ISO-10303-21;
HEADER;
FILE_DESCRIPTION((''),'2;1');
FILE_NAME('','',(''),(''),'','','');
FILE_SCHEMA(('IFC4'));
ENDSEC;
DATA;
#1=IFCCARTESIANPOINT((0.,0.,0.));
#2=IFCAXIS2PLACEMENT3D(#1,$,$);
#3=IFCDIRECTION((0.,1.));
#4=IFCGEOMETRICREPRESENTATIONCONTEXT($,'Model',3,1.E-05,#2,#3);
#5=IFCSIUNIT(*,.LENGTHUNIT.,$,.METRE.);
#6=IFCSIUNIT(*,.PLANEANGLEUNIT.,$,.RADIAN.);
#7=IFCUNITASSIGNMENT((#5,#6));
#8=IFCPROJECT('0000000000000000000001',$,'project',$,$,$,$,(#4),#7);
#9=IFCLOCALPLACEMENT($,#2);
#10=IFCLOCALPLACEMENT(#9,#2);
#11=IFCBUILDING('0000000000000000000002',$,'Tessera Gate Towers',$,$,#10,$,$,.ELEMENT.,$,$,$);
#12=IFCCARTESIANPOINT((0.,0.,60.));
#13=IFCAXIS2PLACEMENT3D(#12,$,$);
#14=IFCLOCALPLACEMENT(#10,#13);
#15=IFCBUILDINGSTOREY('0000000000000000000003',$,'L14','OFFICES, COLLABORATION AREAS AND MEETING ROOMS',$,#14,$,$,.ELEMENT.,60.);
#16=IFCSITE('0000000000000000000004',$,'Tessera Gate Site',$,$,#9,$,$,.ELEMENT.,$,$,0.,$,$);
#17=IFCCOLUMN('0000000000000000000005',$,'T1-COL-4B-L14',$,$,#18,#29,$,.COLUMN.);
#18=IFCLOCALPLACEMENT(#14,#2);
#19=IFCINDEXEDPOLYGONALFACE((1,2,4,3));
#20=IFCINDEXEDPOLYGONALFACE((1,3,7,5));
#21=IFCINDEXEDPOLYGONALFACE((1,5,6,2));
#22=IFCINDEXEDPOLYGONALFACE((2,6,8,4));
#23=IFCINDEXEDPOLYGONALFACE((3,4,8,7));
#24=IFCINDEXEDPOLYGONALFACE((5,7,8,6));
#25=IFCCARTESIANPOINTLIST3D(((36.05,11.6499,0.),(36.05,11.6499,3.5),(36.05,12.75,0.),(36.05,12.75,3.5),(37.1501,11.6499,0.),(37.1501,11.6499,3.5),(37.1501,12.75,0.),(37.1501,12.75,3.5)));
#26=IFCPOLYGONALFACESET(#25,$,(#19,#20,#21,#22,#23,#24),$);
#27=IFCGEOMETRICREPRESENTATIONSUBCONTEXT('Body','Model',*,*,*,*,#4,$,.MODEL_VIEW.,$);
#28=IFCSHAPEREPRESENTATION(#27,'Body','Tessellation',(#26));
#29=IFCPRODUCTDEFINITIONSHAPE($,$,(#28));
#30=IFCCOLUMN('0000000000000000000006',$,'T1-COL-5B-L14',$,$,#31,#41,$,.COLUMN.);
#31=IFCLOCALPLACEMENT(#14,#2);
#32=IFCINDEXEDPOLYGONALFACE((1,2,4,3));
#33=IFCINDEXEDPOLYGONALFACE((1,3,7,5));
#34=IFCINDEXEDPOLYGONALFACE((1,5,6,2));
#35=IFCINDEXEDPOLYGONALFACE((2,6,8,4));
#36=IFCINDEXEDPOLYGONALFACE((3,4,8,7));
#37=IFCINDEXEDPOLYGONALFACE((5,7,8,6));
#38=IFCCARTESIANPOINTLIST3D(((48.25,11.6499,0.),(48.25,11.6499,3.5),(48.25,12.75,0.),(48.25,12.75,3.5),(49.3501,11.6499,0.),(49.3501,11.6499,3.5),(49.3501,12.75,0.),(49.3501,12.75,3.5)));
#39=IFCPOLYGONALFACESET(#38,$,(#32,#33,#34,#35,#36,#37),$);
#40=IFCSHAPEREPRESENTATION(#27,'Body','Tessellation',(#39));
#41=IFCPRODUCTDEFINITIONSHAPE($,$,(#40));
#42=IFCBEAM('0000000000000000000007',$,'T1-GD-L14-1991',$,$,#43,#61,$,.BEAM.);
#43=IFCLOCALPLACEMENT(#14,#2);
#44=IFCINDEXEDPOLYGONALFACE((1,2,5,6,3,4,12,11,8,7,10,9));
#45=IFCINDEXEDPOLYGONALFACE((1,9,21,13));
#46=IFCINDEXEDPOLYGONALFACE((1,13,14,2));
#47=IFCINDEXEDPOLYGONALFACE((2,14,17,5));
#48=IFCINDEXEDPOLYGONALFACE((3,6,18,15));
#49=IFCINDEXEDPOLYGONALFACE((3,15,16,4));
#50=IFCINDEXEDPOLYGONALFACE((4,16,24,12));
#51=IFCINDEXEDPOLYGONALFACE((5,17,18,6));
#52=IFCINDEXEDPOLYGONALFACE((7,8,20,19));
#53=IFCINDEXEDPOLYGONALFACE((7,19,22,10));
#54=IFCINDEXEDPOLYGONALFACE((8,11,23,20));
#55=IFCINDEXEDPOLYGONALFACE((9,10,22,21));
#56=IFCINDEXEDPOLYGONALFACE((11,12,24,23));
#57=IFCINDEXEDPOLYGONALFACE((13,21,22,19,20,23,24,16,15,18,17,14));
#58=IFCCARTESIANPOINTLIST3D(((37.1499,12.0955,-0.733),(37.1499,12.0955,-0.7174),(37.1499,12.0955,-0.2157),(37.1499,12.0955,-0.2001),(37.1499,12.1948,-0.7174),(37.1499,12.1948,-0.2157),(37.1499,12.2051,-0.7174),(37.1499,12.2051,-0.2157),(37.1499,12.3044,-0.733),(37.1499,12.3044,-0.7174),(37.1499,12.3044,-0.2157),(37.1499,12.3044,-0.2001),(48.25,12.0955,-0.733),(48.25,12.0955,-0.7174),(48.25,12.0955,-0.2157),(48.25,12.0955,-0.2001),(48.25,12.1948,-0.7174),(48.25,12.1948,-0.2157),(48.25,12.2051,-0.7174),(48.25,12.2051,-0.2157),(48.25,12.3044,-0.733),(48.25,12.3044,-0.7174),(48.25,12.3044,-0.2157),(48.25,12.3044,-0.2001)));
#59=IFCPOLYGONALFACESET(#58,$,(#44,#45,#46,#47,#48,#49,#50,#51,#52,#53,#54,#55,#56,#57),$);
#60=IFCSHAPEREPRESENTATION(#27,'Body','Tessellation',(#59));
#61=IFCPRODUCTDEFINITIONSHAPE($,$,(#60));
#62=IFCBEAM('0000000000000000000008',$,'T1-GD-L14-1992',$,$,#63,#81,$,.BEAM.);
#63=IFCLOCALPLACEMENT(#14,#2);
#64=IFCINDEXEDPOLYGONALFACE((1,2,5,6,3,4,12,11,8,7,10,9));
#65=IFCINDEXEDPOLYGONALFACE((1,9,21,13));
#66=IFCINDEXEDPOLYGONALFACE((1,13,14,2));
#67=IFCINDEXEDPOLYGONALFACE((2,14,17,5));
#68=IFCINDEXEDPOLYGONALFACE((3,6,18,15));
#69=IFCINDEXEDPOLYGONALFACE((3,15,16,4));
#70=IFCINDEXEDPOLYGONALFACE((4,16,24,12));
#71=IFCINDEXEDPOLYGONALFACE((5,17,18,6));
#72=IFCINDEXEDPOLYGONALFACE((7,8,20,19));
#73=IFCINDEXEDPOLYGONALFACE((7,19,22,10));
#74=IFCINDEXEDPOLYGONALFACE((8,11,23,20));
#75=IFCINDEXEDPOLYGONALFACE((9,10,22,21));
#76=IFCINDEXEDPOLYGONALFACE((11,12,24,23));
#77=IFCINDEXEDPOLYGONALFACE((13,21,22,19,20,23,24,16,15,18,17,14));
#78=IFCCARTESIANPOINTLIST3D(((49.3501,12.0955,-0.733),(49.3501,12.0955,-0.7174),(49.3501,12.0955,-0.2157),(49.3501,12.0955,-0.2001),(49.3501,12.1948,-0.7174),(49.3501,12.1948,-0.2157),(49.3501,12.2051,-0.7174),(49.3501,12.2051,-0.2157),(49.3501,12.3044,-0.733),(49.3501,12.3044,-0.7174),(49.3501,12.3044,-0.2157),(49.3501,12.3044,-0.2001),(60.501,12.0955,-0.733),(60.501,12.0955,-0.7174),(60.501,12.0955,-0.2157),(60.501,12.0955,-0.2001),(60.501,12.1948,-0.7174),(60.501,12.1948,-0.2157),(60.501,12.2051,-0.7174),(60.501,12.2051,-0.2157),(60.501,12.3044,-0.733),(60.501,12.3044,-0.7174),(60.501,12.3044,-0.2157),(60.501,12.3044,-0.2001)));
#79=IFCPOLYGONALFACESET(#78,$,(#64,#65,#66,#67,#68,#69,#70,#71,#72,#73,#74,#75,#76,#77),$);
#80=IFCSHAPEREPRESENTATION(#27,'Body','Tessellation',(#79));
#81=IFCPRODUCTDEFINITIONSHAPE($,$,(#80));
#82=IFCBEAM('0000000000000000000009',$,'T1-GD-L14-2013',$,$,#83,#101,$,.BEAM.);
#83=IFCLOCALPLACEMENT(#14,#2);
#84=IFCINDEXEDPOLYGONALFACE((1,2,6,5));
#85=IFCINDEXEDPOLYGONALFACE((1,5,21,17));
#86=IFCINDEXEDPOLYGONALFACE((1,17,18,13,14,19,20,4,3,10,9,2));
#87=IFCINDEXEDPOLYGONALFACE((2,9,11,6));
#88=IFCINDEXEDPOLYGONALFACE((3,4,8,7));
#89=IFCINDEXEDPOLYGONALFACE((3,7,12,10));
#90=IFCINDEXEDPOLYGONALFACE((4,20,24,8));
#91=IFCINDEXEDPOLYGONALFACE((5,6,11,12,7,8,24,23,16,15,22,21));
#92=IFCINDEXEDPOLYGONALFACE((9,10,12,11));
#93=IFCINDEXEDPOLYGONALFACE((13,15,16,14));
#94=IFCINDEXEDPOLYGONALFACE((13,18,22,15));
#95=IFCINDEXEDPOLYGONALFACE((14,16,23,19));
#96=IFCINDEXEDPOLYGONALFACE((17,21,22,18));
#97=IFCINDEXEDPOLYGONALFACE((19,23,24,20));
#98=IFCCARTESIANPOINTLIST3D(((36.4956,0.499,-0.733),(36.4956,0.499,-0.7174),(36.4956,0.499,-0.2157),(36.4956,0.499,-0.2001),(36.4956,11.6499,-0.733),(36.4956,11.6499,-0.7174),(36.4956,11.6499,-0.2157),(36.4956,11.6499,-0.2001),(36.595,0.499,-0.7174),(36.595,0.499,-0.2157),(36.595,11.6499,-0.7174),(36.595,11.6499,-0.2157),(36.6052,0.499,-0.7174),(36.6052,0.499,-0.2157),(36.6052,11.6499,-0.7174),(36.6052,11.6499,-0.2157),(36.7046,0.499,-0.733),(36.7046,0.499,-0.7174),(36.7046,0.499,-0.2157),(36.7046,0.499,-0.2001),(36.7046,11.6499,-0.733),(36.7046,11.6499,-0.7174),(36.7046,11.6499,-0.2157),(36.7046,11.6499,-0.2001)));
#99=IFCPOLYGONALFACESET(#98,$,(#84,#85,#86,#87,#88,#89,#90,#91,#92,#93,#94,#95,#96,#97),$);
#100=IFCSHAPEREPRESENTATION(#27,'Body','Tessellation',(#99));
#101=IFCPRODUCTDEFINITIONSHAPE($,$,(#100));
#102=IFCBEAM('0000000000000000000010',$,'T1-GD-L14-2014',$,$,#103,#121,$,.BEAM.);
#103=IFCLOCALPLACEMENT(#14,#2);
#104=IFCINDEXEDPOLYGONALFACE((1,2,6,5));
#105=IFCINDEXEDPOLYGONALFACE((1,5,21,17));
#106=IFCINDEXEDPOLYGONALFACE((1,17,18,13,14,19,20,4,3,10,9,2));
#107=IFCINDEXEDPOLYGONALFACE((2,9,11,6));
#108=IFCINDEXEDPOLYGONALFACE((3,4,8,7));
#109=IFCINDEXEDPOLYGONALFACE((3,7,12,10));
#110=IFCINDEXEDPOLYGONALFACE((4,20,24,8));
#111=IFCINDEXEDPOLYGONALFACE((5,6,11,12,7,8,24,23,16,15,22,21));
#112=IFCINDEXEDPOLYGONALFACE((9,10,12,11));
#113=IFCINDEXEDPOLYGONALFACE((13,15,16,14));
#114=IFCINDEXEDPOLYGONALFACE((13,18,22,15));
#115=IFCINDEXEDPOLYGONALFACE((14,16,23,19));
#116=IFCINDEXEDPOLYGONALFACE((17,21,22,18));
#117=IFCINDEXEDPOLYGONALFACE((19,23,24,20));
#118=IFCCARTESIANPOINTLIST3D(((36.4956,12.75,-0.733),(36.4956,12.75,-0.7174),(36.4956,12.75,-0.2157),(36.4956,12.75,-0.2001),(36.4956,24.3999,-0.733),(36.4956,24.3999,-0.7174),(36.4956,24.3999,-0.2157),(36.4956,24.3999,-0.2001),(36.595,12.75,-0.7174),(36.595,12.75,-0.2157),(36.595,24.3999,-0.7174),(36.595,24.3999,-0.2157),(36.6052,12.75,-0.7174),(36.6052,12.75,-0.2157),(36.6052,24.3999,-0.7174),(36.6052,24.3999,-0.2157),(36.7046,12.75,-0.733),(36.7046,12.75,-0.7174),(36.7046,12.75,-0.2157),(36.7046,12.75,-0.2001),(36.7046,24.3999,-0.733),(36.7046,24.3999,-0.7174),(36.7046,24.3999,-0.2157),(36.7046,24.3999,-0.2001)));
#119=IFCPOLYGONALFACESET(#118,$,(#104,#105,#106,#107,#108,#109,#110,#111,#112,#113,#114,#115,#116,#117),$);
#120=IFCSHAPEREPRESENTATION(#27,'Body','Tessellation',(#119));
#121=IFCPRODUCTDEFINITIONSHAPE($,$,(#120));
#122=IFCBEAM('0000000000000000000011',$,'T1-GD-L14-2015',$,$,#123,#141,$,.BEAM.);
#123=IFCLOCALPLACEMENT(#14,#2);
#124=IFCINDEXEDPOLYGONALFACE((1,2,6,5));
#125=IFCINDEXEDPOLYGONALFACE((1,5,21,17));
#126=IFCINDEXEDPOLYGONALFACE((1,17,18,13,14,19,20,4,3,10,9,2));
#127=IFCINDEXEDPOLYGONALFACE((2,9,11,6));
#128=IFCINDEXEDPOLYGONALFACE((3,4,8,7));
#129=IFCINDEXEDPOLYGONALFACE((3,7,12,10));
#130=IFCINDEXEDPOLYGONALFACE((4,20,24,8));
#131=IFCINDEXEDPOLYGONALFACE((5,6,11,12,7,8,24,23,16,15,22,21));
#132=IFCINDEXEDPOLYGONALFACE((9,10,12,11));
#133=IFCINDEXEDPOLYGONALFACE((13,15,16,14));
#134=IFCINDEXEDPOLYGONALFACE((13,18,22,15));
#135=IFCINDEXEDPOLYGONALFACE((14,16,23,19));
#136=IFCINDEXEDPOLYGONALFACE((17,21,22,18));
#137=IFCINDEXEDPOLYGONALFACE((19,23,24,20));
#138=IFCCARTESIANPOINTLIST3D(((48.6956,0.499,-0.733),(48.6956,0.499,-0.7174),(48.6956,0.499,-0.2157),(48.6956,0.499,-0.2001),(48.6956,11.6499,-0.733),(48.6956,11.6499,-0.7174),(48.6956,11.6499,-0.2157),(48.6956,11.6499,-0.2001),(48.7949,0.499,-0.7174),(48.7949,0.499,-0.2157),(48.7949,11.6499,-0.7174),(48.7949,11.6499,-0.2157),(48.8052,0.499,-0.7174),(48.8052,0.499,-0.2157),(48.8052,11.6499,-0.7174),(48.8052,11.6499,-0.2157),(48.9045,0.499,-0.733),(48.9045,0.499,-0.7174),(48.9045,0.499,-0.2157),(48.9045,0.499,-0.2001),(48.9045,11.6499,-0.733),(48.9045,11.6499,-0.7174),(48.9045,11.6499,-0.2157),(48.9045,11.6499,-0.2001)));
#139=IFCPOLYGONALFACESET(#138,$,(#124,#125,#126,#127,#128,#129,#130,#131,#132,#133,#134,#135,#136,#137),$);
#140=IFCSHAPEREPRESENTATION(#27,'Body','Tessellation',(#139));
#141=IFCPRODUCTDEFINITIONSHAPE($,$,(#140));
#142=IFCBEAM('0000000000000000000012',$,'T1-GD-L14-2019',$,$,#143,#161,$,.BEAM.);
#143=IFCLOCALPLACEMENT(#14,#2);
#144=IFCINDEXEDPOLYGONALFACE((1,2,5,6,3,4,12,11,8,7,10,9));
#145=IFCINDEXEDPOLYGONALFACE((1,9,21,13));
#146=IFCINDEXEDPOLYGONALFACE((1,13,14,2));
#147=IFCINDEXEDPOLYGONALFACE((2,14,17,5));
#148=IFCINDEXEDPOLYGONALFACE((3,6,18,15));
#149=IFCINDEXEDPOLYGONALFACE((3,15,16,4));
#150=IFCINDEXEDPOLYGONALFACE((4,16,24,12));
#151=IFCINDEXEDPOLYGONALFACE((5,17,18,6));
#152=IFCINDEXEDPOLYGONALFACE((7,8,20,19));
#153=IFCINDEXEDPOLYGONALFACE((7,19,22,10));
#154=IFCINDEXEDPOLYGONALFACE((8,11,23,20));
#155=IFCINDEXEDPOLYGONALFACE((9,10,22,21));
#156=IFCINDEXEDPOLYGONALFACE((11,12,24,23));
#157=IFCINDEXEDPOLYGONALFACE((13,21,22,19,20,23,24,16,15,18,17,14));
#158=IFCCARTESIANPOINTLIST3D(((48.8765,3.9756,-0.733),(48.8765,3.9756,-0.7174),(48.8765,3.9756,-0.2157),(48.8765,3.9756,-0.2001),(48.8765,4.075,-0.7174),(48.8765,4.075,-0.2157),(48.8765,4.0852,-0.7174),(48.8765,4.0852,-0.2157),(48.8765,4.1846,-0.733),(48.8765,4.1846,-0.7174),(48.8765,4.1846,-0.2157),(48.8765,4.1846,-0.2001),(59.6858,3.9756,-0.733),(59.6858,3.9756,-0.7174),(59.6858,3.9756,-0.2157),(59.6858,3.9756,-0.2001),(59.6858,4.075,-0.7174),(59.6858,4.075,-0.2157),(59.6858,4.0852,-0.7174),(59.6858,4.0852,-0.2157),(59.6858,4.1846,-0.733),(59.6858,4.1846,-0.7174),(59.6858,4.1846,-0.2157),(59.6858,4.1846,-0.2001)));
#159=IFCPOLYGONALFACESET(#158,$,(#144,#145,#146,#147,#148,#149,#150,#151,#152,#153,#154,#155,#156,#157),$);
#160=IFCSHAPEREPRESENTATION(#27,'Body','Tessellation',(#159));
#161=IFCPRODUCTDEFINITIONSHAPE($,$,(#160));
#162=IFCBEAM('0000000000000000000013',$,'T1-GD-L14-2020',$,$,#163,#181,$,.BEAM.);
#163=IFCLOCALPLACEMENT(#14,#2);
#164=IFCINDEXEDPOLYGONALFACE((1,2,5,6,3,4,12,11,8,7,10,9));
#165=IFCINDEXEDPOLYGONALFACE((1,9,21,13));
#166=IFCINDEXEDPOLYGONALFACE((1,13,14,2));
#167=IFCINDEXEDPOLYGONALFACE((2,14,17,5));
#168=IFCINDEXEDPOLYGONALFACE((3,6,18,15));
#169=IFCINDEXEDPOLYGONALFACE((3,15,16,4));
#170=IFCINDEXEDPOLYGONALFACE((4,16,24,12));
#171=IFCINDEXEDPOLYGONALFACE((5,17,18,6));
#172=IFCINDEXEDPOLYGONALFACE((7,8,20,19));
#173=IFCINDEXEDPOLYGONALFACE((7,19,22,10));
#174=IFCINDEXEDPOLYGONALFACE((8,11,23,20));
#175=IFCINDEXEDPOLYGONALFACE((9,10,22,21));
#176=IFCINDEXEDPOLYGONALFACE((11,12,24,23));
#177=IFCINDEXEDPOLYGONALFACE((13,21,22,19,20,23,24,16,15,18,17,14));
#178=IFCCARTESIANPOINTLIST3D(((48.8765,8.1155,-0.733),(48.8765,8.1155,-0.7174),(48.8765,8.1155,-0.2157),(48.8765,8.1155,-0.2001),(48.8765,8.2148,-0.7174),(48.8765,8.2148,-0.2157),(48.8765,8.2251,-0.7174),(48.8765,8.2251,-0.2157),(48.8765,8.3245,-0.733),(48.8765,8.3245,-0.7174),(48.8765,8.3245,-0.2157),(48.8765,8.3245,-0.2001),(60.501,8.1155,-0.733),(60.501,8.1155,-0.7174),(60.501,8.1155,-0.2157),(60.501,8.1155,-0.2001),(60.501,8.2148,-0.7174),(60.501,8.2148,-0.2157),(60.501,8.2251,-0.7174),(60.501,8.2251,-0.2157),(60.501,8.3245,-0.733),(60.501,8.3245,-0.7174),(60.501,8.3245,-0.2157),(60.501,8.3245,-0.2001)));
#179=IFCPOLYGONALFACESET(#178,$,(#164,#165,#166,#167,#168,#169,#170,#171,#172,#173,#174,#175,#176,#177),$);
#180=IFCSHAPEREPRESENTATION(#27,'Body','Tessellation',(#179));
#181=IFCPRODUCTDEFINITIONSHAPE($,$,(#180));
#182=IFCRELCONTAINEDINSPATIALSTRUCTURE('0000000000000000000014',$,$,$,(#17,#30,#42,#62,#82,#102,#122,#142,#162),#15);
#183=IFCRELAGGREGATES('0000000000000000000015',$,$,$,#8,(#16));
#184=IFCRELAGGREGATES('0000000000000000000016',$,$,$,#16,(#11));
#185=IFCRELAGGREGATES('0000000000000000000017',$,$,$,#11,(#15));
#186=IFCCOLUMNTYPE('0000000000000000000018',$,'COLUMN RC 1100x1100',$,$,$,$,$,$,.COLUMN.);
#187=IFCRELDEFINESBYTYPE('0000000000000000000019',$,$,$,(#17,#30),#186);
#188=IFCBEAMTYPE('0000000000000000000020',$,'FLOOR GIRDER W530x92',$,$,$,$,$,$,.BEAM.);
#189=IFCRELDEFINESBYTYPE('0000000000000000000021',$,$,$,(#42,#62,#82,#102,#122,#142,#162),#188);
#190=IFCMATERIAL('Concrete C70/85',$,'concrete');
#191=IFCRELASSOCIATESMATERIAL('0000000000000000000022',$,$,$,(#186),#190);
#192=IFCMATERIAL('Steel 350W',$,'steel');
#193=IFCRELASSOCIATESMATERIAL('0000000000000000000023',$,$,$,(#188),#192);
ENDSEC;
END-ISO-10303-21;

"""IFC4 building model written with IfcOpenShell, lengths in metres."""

from ifc_helpers import new_model, si_unit, direction, frame, origin, origin_2d, place, context, subcontext, project, spatial, rectangle, i_section, extrude, material, material_profile, profile_set, type_object, element, save


model = new_model("IFC4")

# Units and contexts
model_context = context("Model", 3, precision=1e-05, world=origin(), true_north=direction((0.0, 1.0)))
body_context = subcontext(model_context, "Body", "Model", "MODEL_VIEW")
ifc_project = project(units=[si_unit("LENGTHUNIT", "METRE"), si_unit("PLANEANGLEUNIT", "RADIAN")], contexts=[model_context])

# Site, building, storey
site_placement = place(None, origin())
site = spatial("IfcSite", under=ifc_project, at=site_placement, Name="Tessera Gate Site", CompositionType="ELEMENT", RefElevation=0.0)
building_placement = place(site_placement, origin())
building = spatial("IfcBuilding", under=site, at=building_placement, Name="Tessera Gate Towers", CompositionType="ELEMENT")
storey_placement = place(building_placement, frame((0.0, 0.0, 60.0)))
storey = spatial("IfcBuildingStorey", under=building, at=storey_placement, Name="L14", Description="OFFICES, COLLABORATION AREAS AND MEETING ROOMS", CompositionType="ELEMENT", Elevation=60.0)

# Columns
ifc_material_1 = material(Name="Concrete C70/85", Category="concrete")
ifc_material_profile_1 = material_profile(ifc_material_1, rectangle(XDim=1.1001, YDim=1.1001, at=origin_2d()), Name="RC 1100x1100")
ifc_profile_set_1 = profile_set([ifc_material_profile_1], Name="Concrete C70/85")
column_type = type_object("IfcColumnType", Name="COLUMN RC 1100x1100", PredefinedType="COLUMN", material=ifc_profile_set_1)
for number, where, z_axis, x_axis, name in (
    (1, (36.6001, 12.2, 0.0), (0.0, 0.0, 1.0), (1.0, 0.0, 0.0), "T1-COL-4B-L14"),
    (2, (48.8, 12.2, 0.0), (0.0, 0.0, 1.0), (1.0, 0.0, 0.0), "T1-COL-5B-L14"),
):
    element("IfcColumn", number, at=place(storey_placement, frame(where, z_axis=z_axis, x_axis=x_axis)), inside=storey, type_object=column_type, Name=name, PredefinedType="COLUMN", context=body_context, shape_type="SweptSolid", body=[
        extrude(rectangle(XDim=1.1001, YDim=1.1001, at=origin_2d()), origin(), (0.0, 0.0, 1.0), 3.5),
    ])

# Beams
ifc_material_2 = material(Name="Steel 350W", Category="steel")
ifc_material_profile_2 = material_profile(ifc_material_2, i_section(OverallWidth=0.209, OverallDepth=0.533, WebThickness=0.0103, FlangeThickness=0.0156, at=origin_2d()), Name="W530x92")
ifc_profile_set_2 = profile_set([ifc_material_profile_2], Name="Steel 350W")
beam_type_1 = type_object("IfcBeamType", Name="FLOOR GIRDER W530x92", PredefinedType="BEAM", material=ifc_profile_set_2)
beam_1_placement = place(storey_placement, frame((37.1499, 12.2, -0.4666), z_axis=(1.0, 0.0, 0.0), x_axis=(0.0, 1.0, 0.0)))
element("IfcBeam", 3, at=beam_1_placement, inside=storey, type_object=beam_type_1, Name="T1-GD-L14-1991", PredefinedType="BEAM", context=body_context, shape_type="SweptSolid", body=[
    extrude(i_section(OverallWidth=0.209, OverallDepth=0.533, WebThickness=0.0103, FlangeThickness=0.0156, at=origin_2d()), origin(), (0.0, 0.0, 1.0), 11.1001),
])
for number, where, z_axis, x_axis, name in (
    (4, (49.3501, 12.2, -0.4666), (1.0, 0.0, 0.0), (0.0, 1.0, 0.0), "T1-GD-L14-1992"),
    (5, (36.6001, 0.499, -0.4666), (0.0, 1.0, 0.0), (-1.0, 0.0, 0.0), "T1-GD-L14-2013"),
):
    element("IfcBeam", number, at=place(storey_placement, frame(where, z_axis=z_axis, x_axis=x_axis)), inside=storey, type_object=beam_type_1, Name=name, PredefinedType="BEAM", context=body_context, shape_type="SweptSolid", body=[
        extrude(i_section(OverallWidth=0.209, OverallDepth=0.533, WebThickness=0.0103, FlangeThickness=0.0156, at=origin_2d()), origin(), (0.0, 0.0, 1.0), 11.1509),
    ])
beam_2_placement = place(storey_placement, frame((36.6001, 12.75, -0.4666), z_axis=(0.0, 1.0, 0.0), x_axis=(-1.0, 0.0, 0.0)))
element("IfcBeam", 6, at=beam_2_placement, inside=storey, type_object=beam_type_1, Name="T1-GD-L14-2014", PredefinedType="BEAM", context=body_context, shape_type="SweptSolid", body=[
    extrude(i_section(OverallWidth=0.209, OverallDepth=0.533, WebThickness=0.0103, FlangeThickness=0.0156, at=origin_2d()), origin(), (0.0, 0.0, 1.0), 11.6499),
])
beam_3_placement = place(storey_placement, frame((48.8, 0.499, -0.4666), z_axis=(0.0, 1.0, 0.0), x_axis=(-1.0, 0.0, 0.0)))
element("IfcBeam", 7, at=beam_3_placement, inside=storey, type_object=beam_type_1, Name="T1-GD-L14-2015", PredefinedType="BEAM", context=body_context, shape_type="SweptSolid", body=[
    extrude(i_section(OverallWidth=0.209, OverallDepth=0.533, WebThickness=0.0103, FlangeThickness=0.0156, at=origin_2d()), origin(), (0.0, 0.0, 1.0), 11.1509),
])
beam_4_placement = place(storey_placement, frame((48.8765, 4.0801, -0.4666), z_axis=(1.0, 0.0, 0.0), x_axis=(0.0, 1.0, 0.0)))
element("IfcBeam", 8, at=beam_4_placement, inside=storey, type_object=beam_type_1, Name="T1-GD-L14-2019", PredefinedType="BEAM", context=body_context, shape_type="SweptSolid", body=[
    extrude(i_section(OverallWidth=0.209, OverallDepth=0.533, WebThickness=0.0103, FlangeThickness=0.0156, at=origin_2d()), origin(), (0.0, 0.0, 1.0), 10.8093),
])
beam_5_placement = place(storey_placement, frame((48.8765, 8.22, -0.4666), z_axis=(1.0, 0.0, 0.0), x_axis=(0.0, 1.0, 0.0)))
element("IfcBeam", 9, at=beam_5_placement, inside=storey, type_object=beam_type_1, Name="T1-GD-L14-2020", PredefinedType="BEAM", context=body_context, shape_type="SweptSolid", body=[
    extrude(i_section(OverallWidth=0.209, OverallDepth=0.533, WebThickness=0.0103, FlangeThickness=0.0156, at=origin_2d()), origin(), (0.0, 0.0, 1.0), 11.6245),
])

save(model, "model.ifc")
